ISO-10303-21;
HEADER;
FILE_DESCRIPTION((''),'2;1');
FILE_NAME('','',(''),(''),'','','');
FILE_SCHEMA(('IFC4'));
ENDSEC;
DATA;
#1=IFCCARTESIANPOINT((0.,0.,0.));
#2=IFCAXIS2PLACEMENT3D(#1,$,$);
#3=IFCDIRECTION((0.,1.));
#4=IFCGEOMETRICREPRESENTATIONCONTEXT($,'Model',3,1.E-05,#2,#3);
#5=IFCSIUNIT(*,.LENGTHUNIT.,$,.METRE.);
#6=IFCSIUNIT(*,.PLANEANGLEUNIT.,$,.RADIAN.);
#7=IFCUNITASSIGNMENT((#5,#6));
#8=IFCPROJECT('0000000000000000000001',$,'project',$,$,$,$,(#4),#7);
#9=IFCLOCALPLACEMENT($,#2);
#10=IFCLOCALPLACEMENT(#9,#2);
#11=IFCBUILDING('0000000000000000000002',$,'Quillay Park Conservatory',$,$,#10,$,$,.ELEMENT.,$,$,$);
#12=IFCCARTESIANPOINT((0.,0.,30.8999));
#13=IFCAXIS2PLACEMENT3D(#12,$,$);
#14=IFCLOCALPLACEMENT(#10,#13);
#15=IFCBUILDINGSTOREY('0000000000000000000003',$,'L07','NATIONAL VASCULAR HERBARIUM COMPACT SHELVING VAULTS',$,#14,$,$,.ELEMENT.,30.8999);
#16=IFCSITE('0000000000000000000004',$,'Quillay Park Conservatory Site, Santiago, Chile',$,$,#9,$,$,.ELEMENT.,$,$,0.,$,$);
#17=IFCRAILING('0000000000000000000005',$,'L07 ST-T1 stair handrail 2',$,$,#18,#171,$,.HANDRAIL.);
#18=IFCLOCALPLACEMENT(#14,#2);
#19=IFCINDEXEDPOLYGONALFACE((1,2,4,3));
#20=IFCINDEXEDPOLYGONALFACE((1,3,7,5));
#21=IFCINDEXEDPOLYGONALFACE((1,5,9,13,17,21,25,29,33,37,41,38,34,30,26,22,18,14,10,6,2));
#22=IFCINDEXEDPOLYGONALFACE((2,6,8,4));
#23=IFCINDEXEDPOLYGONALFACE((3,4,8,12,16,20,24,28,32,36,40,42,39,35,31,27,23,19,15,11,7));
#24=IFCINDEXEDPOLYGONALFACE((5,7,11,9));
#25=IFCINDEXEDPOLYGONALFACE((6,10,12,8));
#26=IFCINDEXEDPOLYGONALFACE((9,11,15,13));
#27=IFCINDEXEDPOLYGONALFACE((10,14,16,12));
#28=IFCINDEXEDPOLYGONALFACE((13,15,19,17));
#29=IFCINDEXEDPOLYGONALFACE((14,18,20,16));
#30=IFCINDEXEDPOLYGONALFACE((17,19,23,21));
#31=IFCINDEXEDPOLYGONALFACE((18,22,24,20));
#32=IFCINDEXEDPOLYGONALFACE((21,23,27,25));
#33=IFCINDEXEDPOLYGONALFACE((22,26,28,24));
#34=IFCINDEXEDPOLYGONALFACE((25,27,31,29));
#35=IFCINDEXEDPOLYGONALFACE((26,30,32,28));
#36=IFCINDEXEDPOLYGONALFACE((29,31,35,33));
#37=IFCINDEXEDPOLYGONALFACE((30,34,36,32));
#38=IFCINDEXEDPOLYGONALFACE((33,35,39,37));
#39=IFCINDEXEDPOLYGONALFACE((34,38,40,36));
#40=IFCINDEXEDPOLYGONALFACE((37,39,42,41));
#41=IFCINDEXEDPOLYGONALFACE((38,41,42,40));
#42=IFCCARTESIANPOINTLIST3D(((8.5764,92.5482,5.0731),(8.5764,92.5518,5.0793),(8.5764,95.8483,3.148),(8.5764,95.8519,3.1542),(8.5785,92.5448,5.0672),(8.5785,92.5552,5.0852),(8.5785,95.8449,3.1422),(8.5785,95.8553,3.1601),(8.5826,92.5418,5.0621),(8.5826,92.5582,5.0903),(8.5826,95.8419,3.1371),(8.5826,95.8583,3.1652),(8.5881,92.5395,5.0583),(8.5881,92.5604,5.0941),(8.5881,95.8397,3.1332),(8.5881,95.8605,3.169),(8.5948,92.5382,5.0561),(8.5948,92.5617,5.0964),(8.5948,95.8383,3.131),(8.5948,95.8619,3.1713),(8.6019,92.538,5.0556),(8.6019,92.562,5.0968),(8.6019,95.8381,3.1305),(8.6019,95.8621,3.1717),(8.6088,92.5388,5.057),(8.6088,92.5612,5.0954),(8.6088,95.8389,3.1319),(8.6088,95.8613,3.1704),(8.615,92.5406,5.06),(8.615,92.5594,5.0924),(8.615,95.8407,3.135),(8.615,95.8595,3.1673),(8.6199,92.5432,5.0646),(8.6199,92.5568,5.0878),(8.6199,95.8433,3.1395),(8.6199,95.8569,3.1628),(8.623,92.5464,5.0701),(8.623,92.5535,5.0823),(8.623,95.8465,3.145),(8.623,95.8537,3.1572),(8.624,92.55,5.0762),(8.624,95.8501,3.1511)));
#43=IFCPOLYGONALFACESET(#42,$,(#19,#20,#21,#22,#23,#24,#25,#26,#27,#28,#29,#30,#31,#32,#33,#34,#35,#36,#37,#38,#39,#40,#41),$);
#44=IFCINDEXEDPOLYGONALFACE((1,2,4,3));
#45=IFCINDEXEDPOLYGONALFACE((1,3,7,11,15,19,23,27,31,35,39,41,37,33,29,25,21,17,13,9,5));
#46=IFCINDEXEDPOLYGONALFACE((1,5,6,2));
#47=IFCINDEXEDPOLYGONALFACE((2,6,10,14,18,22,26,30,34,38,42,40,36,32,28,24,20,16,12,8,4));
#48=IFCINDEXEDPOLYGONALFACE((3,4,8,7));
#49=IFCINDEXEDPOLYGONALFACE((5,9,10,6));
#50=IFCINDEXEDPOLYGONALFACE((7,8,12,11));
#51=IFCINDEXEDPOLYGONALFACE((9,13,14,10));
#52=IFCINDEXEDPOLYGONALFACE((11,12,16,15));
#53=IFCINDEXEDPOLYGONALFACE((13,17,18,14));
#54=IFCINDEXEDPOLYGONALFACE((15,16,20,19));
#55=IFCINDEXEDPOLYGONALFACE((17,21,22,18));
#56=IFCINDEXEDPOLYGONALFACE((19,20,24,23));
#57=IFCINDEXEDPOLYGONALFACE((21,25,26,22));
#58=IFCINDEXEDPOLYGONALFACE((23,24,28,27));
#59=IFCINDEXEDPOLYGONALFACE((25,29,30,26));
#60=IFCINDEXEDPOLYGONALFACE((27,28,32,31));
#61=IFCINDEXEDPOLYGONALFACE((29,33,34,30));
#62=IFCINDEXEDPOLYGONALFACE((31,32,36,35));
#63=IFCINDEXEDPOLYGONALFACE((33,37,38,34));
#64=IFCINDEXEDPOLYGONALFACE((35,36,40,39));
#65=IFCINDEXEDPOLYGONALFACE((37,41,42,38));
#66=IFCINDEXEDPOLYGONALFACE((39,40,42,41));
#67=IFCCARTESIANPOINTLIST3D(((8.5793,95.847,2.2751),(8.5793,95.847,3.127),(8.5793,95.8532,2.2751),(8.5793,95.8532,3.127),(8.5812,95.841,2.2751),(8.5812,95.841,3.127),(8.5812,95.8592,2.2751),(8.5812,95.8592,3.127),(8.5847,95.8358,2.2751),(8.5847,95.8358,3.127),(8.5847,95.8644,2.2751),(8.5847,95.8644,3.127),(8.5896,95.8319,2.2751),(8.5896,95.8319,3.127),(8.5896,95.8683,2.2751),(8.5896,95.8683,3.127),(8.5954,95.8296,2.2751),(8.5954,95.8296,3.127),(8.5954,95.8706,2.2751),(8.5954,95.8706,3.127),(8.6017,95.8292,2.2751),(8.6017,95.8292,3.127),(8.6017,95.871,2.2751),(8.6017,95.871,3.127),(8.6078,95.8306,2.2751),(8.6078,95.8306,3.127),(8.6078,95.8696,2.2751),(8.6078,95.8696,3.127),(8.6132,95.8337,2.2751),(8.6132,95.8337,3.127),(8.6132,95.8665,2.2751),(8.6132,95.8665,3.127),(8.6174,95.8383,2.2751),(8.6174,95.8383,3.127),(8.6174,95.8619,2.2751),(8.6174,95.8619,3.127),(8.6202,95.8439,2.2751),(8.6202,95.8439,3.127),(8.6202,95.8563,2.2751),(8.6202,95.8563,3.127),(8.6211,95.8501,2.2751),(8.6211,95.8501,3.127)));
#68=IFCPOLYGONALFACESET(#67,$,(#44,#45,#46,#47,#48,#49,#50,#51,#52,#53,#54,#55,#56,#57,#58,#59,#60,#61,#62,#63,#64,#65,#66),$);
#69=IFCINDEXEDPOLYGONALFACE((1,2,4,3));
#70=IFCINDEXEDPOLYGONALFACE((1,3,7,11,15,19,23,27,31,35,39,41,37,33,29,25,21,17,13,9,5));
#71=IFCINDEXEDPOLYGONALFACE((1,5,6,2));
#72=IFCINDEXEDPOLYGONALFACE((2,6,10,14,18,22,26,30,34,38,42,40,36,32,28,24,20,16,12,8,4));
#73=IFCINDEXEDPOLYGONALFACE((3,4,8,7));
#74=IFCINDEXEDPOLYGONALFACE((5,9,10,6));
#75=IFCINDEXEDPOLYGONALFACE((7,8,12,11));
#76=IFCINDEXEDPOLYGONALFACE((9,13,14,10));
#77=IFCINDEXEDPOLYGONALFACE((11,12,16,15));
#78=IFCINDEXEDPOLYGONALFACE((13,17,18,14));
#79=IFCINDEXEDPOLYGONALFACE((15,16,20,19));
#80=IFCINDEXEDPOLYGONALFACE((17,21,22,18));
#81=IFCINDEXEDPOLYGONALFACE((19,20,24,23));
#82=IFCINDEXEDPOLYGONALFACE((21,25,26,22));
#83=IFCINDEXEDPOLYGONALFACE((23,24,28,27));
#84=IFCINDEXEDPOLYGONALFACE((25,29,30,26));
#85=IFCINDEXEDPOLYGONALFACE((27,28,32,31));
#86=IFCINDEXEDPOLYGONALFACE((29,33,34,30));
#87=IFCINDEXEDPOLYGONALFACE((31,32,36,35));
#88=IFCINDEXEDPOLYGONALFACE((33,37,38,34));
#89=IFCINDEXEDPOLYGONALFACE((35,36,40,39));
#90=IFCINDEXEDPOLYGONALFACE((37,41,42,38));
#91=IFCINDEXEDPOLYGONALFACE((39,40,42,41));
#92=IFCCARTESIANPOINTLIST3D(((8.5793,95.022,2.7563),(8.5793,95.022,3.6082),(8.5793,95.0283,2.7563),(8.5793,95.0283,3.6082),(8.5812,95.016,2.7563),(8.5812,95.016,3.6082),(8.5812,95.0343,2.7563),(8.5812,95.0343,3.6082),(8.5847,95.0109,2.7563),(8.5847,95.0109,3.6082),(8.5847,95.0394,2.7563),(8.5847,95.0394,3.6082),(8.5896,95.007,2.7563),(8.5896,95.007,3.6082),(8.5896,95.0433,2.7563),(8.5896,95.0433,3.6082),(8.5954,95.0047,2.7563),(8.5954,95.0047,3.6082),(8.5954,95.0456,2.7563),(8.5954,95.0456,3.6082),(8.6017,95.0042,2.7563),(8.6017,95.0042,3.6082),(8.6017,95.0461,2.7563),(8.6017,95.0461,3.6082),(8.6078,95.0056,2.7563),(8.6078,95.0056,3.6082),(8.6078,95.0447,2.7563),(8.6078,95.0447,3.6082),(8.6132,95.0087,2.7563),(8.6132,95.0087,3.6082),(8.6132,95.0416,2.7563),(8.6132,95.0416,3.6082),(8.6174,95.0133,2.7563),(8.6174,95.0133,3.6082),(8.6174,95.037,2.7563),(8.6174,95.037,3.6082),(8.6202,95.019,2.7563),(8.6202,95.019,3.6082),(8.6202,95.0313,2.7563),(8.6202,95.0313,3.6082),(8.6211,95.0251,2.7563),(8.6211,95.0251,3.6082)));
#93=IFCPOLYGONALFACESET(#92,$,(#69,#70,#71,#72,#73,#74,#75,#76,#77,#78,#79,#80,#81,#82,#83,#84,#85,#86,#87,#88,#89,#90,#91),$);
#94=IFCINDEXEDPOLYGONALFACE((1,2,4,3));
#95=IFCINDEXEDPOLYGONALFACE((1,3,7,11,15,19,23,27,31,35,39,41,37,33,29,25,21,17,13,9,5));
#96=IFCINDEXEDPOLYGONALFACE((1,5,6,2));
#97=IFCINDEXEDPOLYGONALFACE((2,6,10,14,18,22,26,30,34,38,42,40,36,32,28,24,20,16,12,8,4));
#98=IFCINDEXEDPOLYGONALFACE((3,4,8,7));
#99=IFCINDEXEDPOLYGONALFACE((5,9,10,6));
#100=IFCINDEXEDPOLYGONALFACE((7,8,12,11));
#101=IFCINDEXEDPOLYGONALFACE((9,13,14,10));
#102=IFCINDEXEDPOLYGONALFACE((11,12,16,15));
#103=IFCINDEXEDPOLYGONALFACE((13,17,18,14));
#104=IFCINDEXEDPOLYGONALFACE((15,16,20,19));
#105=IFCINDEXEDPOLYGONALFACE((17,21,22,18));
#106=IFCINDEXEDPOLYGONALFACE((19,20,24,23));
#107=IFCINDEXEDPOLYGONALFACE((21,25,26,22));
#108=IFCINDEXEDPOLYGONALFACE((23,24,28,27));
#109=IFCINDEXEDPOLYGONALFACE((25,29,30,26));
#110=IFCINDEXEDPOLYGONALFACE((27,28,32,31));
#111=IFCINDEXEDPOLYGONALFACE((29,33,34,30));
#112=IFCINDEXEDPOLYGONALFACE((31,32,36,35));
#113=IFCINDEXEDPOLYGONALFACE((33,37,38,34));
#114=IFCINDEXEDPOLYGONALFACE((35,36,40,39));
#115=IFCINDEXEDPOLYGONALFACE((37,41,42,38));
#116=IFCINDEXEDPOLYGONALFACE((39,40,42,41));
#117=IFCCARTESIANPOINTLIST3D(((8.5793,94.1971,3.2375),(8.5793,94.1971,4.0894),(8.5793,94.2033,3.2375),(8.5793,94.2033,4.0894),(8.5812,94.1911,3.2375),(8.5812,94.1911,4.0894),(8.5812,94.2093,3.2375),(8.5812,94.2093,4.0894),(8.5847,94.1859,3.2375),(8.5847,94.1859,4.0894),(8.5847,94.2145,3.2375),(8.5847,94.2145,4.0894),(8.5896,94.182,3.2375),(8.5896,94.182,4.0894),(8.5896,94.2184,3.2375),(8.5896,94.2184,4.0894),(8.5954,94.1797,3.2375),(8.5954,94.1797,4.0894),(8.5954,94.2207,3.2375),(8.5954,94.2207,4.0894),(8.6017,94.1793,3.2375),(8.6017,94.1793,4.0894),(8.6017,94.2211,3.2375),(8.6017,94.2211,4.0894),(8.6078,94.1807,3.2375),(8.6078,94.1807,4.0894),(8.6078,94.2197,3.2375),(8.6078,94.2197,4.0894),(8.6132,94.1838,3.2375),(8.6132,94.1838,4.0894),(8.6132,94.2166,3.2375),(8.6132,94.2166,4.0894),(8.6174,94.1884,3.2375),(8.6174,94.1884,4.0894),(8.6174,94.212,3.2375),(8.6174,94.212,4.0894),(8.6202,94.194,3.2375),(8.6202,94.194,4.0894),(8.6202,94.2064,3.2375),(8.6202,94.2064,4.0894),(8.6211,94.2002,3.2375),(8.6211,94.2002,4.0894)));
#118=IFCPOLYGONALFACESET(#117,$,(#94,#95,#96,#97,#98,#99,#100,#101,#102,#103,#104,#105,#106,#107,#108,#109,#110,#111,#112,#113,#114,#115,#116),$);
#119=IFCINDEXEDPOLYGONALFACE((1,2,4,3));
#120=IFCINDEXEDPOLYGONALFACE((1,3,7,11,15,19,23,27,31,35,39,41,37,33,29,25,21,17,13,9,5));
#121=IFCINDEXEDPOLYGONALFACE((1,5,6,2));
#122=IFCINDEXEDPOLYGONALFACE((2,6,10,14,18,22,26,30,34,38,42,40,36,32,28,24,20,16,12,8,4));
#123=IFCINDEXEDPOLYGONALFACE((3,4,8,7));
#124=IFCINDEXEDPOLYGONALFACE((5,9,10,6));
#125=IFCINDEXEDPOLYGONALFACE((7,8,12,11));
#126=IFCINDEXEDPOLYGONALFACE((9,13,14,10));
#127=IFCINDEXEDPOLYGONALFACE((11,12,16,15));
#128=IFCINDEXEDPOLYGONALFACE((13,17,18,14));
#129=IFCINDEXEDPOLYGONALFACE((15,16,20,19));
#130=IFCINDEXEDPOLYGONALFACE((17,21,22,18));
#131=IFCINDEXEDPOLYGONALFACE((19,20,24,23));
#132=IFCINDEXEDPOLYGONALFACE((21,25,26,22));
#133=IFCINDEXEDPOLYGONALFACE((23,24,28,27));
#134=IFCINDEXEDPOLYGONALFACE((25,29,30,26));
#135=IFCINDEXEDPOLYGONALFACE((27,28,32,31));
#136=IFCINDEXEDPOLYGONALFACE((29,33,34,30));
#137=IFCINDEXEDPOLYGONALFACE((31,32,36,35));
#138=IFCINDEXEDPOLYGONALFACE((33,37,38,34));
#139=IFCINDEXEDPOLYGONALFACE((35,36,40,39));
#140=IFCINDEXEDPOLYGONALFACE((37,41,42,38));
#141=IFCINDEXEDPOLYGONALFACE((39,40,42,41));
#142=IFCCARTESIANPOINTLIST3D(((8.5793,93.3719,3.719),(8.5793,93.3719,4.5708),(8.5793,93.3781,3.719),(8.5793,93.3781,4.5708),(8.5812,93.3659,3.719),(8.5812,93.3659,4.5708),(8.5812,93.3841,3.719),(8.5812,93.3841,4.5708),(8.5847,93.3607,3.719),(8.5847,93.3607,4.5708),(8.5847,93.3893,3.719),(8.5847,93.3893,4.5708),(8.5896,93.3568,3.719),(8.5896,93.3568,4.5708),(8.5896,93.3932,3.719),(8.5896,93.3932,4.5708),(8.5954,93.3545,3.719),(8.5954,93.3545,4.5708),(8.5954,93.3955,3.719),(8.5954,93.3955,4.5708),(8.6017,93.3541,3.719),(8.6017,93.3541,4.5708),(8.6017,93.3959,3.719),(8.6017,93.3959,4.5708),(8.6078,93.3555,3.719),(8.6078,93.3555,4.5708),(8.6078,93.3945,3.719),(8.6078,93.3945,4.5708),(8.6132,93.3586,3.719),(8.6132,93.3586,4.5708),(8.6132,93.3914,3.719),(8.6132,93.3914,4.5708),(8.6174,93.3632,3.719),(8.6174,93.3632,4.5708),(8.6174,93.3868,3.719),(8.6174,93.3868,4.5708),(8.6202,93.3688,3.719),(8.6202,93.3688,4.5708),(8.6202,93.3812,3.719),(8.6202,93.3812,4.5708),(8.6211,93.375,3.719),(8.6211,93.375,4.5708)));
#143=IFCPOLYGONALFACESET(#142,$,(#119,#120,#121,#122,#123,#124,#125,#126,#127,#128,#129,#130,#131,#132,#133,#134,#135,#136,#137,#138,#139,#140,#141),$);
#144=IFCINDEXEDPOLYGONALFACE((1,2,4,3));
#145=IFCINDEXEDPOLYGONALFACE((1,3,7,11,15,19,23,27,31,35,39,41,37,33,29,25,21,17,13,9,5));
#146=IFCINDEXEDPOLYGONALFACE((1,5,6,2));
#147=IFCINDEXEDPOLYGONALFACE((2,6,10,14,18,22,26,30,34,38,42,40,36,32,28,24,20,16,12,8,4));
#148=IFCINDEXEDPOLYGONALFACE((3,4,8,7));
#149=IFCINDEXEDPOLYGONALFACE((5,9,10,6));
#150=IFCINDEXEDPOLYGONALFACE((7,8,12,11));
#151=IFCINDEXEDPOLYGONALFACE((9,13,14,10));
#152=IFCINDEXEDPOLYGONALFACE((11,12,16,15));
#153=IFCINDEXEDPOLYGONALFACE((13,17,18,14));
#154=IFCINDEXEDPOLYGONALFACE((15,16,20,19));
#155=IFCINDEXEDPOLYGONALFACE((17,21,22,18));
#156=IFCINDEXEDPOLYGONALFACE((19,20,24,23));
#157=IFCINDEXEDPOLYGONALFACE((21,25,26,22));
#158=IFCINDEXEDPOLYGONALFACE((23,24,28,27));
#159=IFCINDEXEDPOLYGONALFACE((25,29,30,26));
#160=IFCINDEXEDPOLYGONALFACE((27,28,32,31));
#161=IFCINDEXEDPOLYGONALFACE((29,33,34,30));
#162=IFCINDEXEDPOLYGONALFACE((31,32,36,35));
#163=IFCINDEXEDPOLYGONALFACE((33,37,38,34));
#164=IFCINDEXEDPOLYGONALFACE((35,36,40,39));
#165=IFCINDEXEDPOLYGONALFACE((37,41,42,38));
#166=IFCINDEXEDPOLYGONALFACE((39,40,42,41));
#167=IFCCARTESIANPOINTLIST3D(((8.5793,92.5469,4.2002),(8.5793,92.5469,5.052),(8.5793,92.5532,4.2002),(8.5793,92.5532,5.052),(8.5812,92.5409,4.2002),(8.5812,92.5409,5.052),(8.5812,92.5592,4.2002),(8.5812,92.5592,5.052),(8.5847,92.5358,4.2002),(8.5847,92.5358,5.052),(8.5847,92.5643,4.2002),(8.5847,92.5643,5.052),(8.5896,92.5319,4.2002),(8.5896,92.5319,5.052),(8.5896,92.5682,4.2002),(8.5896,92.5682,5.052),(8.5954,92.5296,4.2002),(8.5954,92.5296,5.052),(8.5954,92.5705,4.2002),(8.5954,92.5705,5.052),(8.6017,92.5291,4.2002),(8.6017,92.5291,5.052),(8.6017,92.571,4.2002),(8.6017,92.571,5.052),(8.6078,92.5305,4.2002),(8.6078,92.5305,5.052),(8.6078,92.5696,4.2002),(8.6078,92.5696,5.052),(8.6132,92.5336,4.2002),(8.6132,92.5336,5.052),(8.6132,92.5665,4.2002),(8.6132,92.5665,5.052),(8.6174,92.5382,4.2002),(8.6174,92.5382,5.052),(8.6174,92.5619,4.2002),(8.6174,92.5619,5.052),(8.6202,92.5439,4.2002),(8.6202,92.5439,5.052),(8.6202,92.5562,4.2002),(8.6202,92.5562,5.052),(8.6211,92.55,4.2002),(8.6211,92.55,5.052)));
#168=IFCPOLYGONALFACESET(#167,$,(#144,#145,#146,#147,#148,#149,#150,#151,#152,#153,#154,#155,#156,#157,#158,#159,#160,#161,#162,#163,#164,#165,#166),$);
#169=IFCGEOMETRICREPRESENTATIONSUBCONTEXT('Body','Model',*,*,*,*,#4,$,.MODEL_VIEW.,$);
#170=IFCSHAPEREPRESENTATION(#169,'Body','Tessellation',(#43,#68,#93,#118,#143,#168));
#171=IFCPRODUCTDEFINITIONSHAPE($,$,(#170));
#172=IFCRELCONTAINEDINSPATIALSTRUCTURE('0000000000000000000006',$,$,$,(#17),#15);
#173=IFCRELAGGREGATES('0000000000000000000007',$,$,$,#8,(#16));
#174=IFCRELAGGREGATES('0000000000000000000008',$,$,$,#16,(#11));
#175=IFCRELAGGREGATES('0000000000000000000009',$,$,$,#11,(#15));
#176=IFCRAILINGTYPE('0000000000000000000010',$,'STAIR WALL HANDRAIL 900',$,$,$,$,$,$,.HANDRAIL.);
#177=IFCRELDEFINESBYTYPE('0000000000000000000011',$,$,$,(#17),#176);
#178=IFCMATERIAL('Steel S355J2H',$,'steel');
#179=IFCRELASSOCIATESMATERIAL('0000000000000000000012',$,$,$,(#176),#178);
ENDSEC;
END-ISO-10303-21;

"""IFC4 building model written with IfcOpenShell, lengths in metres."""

from ifc_helpers import new_model, si_unit, direction, frame, origin, origin_2d, place, context, subcontext, project, spatial, circle, extrude, material, type_object, element, save


model = new_model("IFC4")

# Units and contexts
model_context = context("Model", 3, precision=1e-05, world=origin(), true_north=direction((0.0, 1.0)))
body_context = subcontext(model_context, "Body", "Model", "MODEL_VIEW")
ifc_project = project(units=[si_unit("LENGTHUNIT", "METRE"), si_unit("PLANEANGLEUNIT", "RADIAN")], contexts=[model_context])

# Site, building, storey
site_placement = place(None, origin())
site = spatial("IfcSite", under=ifc_project, at=site_placement, Name="Quillay Park Conservatory Site, Santiago, Chile", CompositionType="ELEMENT", RefElevation=0.0)
building_placement = place(site_placement, origin())
building = spatial("IfcBuilding", under=site, at=building_placement, Name="Quillay Park Conservatory", CompositionType="ELEMENT")
storey_placement = place(building_placement, frame((0.0, 0.0, 30.8999)))
storey = spatial("IfcBuildingStorey", under=building, at=storey_placement, Name="L07", Description="NATIONAL VASCULAR HERBARIUM COMPACT SHELVING VAULTS", CompositionType="ELEMENT", Elevation=30.8999)

# Railing
ifc_material_1 = material(Name="Steel S355J2H", Category="steel")
railing_type_1 = type_object("IfcRailingType", Name="STAIR WALL HANDRAIL 900", PredefinedType="HANDRAIL", material=ifc_material_1)
railing_1_placement = place(storey_placement, frame((8.6001, 95.8501, 2.2751)))
element("IfcRailing", 1, at=railing_1_placement, inside=storey, type_object=railing_type_1, Name="L07 ST-T1 stair handrail 2", PredefinedType="HANDRAIL", context=body_context, shape_type="SweptSolid", body=[
    extrude(circle(Radius=0.0239, at=origin_2d()), frame((0.0, 0.0, 0.876), z_axis=(0.0, -0.863777, 0.503875), x_axis=(1.0, 0.0, 0.0)), (0.0, 0.0, 1.0), 3.8206),
    extrude(circle(Radius=0.021, at=origin_2d()), origin(), (0.0, 0.0, 1.0), 0.8518),
    extrude(circle(Radius=0.021, at=origin_2d()), frame((0.0, -0.825, 0.4812)), (0.0, 0.0, 1.0), 0.8518),
    extrude(circle(Radius=0.021, at=origin_2d()), frame((0.0, -1.6499, 0.9624)), (0.0, 0.0, 1.0), 0.8518),
    extrude(circle(Radius=0.021, at=origin_2d()), frame((0.0, -2.4751, 1.4438)), (0.0, 0.0, 1.0), 0.8518),
    extrude(circle(Radius=0.021, at=origin_2d()), frame((0.0, -3.3, 1.925)), (0.0, 0.0, 1.0), 0.8518),
])

save(model, "model.ifc")
